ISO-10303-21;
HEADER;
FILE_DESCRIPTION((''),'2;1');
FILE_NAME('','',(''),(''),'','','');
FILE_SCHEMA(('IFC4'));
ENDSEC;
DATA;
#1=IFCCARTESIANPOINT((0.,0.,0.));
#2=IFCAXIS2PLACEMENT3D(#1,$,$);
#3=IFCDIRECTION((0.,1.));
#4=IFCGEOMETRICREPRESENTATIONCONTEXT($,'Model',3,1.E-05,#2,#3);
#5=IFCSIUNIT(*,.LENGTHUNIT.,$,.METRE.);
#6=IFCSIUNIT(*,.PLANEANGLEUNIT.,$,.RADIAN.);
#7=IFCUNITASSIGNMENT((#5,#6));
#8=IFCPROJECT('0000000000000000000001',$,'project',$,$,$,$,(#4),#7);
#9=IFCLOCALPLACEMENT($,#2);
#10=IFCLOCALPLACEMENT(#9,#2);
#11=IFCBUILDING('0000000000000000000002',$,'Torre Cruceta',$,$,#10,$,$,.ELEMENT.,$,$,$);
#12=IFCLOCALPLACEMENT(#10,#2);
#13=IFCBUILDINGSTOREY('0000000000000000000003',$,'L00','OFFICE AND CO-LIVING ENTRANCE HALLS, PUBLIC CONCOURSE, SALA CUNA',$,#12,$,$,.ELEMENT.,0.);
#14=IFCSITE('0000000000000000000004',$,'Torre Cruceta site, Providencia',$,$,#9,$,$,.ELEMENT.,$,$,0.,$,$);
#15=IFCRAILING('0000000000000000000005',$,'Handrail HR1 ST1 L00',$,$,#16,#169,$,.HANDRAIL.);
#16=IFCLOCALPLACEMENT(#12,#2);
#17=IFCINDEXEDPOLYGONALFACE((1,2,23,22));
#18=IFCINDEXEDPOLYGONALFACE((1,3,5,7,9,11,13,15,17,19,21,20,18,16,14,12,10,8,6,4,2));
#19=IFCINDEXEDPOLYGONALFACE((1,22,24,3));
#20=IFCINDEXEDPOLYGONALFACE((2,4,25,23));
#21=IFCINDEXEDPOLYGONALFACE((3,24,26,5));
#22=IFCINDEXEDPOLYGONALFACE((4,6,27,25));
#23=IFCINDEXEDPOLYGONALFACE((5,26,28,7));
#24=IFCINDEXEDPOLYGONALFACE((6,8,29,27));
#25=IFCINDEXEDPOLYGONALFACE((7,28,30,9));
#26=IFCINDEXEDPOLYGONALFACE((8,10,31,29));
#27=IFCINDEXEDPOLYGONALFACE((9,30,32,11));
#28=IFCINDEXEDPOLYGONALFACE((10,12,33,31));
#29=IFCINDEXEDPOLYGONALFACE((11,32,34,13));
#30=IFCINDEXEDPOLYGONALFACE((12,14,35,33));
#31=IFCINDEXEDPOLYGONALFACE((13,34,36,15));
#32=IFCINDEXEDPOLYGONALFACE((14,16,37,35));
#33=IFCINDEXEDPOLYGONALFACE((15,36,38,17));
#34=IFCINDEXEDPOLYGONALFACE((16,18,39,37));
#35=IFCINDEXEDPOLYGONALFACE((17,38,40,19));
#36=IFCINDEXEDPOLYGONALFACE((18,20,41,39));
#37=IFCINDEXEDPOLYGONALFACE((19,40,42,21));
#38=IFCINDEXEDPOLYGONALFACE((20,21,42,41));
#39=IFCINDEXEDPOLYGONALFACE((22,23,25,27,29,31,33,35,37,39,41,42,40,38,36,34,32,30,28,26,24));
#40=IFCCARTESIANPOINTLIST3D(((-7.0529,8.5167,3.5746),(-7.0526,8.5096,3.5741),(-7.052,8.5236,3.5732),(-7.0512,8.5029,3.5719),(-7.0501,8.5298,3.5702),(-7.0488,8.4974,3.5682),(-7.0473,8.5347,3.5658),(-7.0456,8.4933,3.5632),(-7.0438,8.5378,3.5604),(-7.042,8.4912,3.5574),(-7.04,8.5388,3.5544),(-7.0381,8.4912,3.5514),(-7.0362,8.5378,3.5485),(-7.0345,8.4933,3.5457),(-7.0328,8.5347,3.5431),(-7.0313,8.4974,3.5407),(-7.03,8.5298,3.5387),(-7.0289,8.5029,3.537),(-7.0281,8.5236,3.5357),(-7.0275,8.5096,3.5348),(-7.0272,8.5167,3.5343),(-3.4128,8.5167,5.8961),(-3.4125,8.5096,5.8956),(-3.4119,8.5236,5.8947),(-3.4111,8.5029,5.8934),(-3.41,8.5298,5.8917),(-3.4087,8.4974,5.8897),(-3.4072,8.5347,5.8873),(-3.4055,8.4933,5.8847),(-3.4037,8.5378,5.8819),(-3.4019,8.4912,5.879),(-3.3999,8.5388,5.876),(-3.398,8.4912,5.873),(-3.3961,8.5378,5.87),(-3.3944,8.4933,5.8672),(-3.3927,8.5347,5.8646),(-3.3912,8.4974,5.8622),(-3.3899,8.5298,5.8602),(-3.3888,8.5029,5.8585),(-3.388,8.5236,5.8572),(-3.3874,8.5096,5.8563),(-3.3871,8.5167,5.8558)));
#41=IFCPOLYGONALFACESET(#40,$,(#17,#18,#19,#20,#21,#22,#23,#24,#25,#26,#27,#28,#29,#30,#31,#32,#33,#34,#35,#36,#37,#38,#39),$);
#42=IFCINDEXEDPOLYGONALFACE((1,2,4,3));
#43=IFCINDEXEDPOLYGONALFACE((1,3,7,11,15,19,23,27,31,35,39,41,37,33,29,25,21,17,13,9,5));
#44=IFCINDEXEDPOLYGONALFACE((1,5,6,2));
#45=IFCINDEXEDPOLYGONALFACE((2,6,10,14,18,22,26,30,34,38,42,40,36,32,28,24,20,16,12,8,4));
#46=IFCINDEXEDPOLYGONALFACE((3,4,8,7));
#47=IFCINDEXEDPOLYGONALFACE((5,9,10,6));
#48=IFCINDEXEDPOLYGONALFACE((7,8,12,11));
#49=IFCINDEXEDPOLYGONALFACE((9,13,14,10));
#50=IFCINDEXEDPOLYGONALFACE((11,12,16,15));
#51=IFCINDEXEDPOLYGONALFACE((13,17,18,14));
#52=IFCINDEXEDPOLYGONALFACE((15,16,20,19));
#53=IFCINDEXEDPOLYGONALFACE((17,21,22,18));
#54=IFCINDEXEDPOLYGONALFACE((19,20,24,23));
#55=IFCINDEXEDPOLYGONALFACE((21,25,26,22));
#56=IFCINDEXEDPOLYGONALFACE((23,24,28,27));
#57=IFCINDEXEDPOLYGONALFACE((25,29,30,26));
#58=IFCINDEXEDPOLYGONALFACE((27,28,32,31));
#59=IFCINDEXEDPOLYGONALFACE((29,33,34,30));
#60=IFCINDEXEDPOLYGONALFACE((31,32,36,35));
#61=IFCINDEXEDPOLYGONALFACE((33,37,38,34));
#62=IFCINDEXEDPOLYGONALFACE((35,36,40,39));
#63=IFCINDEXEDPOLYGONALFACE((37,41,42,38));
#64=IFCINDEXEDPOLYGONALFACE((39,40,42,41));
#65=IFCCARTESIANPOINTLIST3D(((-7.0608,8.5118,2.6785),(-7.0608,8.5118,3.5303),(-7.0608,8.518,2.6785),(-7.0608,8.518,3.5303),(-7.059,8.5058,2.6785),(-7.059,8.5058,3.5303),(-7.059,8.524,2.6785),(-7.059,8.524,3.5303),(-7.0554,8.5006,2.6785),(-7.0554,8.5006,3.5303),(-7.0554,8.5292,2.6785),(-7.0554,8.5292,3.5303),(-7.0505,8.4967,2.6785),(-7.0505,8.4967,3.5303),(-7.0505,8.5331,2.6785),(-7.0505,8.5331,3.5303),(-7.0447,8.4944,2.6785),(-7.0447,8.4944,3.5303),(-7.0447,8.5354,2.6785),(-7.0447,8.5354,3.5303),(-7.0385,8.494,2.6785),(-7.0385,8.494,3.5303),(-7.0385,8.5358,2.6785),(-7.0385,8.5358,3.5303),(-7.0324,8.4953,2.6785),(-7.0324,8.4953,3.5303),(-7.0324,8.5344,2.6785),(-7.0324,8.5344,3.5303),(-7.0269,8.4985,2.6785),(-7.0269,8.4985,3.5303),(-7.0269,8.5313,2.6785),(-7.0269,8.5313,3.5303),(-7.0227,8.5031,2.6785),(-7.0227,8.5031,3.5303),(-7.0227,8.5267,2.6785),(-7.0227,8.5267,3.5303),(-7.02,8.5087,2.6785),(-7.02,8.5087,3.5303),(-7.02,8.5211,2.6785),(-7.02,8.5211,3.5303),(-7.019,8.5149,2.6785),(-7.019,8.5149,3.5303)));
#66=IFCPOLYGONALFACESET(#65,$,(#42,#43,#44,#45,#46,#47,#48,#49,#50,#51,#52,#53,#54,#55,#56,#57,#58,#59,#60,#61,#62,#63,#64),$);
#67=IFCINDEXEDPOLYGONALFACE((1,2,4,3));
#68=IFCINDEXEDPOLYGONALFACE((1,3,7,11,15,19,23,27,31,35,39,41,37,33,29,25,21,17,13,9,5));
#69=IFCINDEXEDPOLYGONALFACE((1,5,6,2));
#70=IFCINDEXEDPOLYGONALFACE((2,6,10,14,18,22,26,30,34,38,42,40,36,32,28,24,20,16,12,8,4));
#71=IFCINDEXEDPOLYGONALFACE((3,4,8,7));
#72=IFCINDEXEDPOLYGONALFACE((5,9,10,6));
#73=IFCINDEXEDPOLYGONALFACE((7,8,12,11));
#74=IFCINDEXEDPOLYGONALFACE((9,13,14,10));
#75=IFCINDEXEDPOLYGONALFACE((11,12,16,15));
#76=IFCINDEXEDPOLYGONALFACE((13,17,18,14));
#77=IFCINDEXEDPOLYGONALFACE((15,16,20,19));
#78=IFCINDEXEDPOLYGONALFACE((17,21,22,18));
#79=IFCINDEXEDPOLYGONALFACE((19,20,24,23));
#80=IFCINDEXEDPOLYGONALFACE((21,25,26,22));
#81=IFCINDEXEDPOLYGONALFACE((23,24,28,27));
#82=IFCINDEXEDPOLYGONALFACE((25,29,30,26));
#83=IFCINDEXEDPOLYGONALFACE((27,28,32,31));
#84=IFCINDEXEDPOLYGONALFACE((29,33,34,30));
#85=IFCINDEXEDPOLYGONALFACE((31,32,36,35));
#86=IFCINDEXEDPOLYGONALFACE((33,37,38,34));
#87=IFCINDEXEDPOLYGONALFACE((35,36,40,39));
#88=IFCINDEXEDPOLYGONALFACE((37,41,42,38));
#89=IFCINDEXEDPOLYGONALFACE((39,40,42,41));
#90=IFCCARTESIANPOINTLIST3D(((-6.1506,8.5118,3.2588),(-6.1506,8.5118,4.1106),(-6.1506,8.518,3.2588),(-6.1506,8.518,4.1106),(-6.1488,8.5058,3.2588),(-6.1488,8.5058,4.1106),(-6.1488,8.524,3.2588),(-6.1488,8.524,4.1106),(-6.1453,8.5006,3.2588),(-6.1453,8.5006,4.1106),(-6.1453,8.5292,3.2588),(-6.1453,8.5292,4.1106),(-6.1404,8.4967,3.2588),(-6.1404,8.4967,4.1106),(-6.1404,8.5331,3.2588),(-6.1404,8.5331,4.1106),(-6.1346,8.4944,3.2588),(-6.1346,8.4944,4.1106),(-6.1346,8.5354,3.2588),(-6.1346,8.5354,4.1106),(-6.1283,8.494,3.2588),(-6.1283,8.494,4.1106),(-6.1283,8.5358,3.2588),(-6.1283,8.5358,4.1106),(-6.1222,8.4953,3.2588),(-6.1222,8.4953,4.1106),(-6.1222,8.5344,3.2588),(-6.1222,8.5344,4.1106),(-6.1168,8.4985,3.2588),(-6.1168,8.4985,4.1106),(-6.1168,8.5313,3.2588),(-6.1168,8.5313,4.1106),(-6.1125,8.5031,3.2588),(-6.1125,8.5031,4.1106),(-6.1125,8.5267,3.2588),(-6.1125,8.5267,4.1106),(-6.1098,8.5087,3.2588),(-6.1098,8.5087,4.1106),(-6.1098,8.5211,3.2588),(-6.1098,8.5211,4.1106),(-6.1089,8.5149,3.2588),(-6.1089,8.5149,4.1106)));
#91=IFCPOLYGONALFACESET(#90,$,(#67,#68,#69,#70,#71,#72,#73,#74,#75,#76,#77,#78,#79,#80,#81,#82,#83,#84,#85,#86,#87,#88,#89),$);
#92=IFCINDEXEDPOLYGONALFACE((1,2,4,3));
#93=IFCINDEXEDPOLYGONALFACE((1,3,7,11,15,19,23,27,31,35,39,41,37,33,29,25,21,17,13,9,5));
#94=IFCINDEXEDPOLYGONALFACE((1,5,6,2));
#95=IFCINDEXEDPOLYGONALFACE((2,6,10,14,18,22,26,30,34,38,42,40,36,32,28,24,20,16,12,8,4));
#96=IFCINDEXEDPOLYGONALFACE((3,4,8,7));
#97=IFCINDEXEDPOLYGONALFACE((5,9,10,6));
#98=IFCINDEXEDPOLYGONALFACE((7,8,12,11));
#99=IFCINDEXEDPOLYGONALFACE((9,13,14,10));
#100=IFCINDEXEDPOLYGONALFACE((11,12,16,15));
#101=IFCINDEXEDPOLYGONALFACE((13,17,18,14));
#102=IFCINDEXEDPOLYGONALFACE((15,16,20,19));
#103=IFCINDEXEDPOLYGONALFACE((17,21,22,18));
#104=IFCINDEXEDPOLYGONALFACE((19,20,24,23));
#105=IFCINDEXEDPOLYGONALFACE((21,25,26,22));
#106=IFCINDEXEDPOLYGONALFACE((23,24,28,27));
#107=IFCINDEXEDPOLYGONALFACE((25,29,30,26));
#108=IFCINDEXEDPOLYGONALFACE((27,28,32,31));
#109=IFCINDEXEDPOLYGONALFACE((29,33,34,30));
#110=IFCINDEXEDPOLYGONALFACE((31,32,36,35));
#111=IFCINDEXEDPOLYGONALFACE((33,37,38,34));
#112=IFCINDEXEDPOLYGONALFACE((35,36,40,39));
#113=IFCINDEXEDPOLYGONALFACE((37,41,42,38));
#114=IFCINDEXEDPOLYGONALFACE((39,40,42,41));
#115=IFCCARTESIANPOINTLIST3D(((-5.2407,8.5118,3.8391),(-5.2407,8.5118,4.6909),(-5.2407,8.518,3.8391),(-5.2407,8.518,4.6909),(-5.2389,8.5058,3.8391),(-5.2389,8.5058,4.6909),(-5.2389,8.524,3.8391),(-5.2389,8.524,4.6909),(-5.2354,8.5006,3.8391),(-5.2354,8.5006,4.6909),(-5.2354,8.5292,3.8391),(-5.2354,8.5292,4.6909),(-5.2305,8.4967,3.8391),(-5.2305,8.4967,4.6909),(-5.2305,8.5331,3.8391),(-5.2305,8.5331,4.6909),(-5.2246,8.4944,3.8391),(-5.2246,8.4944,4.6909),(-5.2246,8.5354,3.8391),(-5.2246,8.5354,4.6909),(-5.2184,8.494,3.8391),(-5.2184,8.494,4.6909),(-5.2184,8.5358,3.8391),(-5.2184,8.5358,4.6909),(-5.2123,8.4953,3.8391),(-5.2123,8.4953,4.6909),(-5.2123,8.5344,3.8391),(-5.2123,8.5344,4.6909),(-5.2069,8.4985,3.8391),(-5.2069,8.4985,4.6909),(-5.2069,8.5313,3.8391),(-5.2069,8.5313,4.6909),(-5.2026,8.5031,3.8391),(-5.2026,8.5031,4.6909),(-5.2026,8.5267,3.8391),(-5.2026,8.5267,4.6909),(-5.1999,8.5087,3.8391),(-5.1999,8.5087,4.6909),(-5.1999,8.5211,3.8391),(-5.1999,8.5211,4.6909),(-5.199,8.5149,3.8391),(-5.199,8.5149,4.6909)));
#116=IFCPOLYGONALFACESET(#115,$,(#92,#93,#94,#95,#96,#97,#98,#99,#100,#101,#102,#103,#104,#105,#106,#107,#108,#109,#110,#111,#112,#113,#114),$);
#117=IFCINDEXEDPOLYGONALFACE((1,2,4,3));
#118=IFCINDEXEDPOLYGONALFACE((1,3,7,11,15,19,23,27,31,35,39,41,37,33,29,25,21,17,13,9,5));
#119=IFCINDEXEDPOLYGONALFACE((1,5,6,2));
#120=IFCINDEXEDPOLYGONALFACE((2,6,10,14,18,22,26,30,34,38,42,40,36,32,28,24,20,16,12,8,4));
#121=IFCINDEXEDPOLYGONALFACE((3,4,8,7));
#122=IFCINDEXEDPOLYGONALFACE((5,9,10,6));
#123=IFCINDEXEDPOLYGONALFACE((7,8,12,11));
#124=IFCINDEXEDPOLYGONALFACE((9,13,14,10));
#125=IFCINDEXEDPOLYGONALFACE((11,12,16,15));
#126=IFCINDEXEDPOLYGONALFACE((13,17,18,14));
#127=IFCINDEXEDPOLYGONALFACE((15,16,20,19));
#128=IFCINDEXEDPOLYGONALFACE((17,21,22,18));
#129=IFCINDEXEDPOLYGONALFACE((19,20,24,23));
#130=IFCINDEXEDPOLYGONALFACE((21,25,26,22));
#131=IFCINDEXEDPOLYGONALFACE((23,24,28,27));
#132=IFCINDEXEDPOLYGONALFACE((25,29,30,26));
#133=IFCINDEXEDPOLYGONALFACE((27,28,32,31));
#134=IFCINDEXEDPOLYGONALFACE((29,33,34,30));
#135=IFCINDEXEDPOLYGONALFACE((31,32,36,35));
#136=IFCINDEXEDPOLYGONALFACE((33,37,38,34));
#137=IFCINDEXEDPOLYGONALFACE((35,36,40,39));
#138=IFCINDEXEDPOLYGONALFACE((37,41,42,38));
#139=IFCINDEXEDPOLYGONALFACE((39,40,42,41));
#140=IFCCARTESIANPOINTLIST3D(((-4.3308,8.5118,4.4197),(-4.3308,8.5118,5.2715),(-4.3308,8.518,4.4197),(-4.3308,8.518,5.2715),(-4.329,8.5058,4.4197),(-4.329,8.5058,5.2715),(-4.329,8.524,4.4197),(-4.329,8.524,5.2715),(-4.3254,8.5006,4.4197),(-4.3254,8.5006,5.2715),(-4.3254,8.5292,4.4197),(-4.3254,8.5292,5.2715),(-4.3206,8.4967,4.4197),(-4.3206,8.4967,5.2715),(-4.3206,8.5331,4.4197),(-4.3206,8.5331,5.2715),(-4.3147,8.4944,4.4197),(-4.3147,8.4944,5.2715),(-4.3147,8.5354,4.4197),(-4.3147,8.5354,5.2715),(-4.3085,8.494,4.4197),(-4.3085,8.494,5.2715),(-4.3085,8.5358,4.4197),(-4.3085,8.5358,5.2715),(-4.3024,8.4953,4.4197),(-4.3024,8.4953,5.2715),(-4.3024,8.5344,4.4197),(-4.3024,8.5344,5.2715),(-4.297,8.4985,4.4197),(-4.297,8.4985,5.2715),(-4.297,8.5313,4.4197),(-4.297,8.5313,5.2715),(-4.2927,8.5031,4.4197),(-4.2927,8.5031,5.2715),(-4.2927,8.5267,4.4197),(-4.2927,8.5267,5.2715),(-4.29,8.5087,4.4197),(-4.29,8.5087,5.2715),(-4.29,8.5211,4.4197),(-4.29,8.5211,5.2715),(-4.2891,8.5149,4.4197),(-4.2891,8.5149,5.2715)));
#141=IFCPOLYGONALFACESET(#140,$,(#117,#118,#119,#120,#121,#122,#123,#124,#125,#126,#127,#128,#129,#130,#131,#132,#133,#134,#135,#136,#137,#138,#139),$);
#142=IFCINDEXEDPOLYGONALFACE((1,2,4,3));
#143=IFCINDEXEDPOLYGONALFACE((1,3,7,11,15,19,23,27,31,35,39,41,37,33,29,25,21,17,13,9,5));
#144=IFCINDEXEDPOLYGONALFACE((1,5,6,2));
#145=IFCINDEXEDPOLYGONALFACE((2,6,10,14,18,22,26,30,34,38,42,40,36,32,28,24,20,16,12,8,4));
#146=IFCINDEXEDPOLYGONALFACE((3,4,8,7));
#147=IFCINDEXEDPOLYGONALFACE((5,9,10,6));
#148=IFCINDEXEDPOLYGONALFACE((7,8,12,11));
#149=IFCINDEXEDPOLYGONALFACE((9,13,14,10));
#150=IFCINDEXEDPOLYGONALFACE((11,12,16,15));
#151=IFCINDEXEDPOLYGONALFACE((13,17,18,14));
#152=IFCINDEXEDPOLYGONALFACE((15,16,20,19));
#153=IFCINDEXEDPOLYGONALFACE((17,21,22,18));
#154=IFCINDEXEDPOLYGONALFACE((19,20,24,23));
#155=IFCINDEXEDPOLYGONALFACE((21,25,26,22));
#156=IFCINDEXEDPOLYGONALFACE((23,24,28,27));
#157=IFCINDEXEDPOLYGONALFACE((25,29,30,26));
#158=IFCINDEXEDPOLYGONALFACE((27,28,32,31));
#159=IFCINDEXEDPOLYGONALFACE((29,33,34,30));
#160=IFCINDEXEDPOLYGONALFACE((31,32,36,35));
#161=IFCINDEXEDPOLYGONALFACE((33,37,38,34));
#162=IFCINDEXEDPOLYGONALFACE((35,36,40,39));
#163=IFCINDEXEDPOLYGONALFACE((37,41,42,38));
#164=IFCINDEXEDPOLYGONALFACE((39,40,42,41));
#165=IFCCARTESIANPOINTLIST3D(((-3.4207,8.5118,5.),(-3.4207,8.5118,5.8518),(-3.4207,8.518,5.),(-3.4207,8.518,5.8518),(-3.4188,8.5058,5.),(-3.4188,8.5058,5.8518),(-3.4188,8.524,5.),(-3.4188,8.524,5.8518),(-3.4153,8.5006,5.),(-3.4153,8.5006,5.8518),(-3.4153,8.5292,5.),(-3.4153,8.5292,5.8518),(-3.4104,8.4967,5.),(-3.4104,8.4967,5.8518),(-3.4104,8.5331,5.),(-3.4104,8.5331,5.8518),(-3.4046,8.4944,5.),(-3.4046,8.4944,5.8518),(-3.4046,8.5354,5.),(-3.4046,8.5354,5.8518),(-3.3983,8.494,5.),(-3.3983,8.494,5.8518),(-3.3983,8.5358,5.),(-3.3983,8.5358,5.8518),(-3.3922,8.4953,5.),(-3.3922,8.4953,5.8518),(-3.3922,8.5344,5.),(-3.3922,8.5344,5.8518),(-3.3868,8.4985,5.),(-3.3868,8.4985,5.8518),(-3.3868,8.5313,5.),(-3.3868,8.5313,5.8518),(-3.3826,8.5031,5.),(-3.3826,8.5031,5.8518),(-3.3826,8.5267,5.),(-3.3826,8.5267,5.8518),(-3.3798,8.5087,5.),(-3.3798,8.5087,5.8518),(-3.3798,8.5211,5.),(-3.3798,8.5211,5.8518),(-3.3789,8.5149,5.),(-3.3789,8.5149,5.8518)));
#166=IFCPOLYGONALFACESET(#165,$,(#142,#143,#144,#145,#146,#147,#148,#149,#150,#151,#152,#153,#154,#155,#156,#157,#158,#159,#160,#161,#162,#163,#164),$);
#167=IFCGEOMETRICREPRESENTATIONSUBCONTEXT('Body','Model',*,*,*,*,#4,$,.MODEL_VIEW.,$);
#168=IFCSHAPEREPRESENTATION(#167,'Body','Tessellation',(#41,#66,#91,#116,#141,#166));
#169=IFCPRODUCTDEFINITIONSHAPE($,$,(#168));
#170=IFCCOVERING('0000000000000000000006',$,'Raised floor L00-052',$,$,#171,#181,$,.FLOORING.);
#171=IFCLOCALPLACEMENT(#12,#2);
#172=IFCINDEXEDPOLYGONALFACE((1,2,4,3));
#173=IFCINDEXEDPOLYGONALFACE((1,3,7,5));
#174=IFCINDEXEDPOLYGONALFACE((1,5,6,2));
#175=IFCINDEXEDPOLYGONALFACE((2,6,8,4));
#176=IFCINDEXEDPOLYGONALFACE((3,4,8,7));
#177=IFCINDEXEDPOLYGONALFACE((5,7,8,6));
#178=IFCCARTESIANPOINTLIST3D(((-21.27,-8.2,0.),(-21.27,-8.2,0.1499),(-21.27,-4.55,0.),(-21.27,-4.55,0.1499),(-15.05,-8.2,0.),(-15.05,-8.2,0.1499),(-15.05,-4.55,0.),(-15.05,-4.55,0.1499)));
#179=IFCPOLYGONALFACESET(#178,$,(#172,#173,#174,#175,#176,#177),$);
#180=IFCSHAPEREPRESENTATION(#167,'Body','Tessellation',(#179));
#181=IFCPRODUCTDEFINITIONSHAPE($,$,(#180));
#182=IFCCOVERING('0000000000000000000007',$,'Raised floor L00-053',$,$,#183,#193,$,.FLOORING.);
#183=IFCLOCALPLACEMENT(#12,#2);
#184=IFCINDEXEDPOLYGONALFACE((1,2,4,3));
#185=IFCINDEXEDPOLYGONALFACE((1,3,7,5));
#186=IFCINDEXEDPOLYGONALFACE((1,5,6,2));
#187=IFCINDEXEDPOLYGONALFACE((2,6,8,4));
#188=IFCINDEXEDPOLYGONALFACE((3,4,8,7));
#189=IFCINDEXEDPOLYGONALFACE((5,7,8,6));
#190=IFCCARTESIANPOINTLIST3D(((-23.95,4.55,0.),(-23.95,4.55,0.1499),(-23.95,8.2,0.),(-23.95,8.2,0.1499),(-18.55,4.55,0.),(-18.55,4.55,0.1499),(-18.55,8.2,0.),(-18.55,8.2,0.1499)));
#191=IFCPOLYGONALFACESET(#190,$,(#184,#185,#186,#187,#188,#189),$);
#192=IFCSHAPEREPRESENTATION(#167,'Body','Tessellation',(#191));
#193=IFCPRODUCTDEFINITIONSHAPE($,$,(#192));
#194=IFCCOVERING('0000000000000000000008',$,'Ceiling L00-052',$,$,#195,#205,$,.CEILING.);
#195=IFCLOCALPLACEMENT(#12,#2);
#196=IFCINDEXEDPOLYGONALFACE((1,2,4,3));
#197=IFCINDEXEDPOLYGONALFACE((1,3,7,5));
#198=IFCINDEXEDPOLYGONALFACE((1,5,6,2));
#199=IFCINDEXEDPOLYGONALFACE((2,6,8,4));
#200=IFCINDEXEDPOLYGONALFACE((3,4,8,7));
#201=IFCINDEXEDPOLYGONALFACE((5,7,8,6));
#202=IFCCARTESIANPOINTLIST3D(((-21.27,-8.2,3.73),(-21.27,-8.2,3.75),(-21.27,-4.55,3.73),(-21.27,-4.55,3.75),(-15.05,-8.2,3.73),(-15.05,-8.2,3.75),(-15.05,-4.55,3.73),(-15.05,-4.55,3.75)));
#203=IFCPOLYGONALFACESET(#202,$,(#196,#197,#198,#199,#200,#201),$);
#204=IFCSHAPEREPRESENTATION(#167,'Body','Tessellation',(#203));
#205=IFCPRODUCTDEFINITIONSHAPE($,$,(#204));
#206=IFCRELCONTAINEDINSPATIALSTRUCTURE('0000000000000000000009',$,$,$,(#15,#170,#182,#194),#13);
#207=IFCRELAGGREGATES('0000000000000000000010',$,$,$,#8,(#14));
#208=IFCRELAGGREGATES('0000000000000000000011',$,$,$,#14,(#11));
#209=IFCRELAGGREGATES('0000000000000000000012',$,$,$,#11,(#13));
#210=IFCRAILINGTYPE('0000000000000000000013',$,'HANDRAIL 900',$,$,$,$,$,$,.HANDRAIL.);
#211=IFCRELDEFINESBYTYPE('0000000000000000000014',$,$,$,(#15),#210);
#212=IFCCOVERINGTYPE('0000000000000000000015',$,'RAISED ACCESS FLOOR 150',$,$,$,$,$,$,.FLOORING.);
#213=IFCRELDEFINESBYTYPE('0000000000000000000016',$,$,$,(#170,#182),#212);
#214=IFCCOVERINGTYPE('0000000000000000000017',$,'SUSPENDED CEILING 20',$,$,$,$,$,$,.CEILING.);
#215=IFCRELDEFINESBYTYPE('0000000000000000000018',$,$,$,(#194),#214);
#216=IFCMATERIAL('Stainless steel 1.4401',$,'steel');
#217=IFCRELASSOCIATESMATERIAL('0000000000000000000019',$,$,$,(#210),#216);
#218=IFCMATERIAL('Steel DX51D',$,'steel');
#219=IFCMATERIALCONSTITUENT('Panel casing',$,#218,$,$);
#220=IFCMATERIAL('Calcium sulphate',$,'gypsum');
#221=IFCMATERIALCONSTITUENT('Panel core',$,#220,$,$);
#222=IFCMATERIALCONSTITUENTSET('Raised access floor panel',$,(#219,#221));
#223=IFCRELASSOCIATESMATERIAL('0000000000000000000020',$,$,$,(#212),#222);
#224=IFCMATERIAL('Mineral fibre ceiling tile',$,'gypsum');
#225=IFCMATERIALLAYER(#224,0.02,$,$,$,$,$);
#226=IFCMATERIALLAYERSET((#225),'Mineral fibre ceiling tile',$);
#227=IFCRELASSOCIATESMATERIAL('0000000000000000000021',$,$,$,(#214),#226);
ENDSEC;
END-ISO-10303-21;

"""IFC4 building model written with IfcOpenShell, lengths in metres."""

from ifc_helpers import new_model, si_unit, direction, frame, origin, origin_2d, place, context, subcontext, project, spatial, polyline, circle, outline, extrude, material, layer, layer_set, constituent, constituent_set, type_object, element, save


model = new_model("IFC4")

# Units and contexts
model_context = context("Model", 3, precision=1e-05, world=origin(), true_north=direction((0.0, 1.0)))
body_context = subcontext(model_context, "Body", "Model", "MODEL_VIEW")
ifc_project = project(units=[si_unit("LENGTHUNIT", "METRE"), si_unit("PLANEANGLEUNIT", "RADIAN")], contexts=[model_context])

# Site, building, storey
site_placement = place(None, origin())
site = spatial("IfcSite", under=ifc_project, at=site_placement, Name="Torre Cruceta site, Providencia", CompositionType="ELEMENT", RefElevation=0.0)
building_placement = place(site_placement, origin())
building = spatial("IfcBuilding", under=site, at=building_placement, Name="Torre Cruceta", CompositionType="ELEMENT")
storey_placement = place(building_placement, origin())
storey = spatial("IfcBuildingStorey", under=building, at=storey_placement, Name="L00", Description="OFFICE AND CO-LIVING ENTRANCE HALLS, PUBLIC CONCOURSE, SALA CUNA", CompositionType="ELEMENT", Elevation=0.0)

# Railing
ifc_material_1 = material(Name="Stainless steel 1.4401", Category="steel")
railing_type = type_object("IfcRailingType", Name="HANDRAIL 900", PredefinedType="HANDRAIL", material=ifc_material_1)
railing_1_placement = place(storey_placement, frame((-7.04, 8.5149, 2.6785)))
element("IfcRailing", 1, at=railing_1_placement, inside=storey, type_object=railing_type, Name="Handrail HR1 ST1 L00", PredefinedType="HANDRAIL", context=body_context, shape_type="SweptSolid", body=[
    extrude(circle(Radius=0.0239, at=origin_2d()), frame((0.0, 0.0, 0.876), z_axis=(0.843128, 0.0, 0.537713), x_axis=(0.0, 1.0, 0.0)), (0.0, 0.0, 1.0), 4.3174),
    extrude(circle(Radius=0.021, at=origin_2d()), origin(), (0.0, 0.0, 1.0), 0.8518),
    extrude(circle(Radius=0.021, at=origin_2d()), frame((0.9102, 0.0, 0.5803)), (0.0, 0.0, 1.0), 0.8518),
    extrude(circle(Radius=0.021, at=origin_2d()), frame((1.8201, 0.0, 1.1606)), (0.0, 0.0, 1.0), 0.8518),
    extrude(circle(Radius=0.021, at=origin_2d()), frame((2.73, 0.0, 1.7412)), (0.0, 0.0, 1.0), 0.8518),
    extrude(circle(Radius=0.021, at=origin_2d()), frame((3.6401, 0.0, 2.3215)), (0.0, 0.0, 1.0), 0.8518),
])

# Coverings
ifc_material_2 = material(Name="Steel DX51D", Category="steel")
ifc_constituent_1 = constituent(ifc_material_2, Name="Panel casing")
ifc_material_3 = material(Name="Calcium sulphate", Category="gypsum")
ifc_constituent_2 = constituent(ifc_material_3, Name="Panel core")
ifc_constituent_set_1 = constituent_set(constituents=[ifc_constituent_1, ifc_constituent_2], Name="Raised access floor panel")
covering_type_1 = type_object("IfcCoveringType", Name="RAISED ACCESS FLOOR 150", PredefinedType="FLOORING", material=ifc_constituent_set_1)
covering_1_placement = place(storey_placement, origin())
element("IfcCovering", 2, at=covering_1_placement, inside=storey, type_object=covering_type_1, Name="Raised floor L00-052", PredefinedType="FLOORING", context=body_context, shape_type="SweptSolid", body=[
    extrude(outline(polyline([(-15.05, -4.55), (-15.05, -8.2), (-21.27, -8.2), (-21.27, -4.55), (-15.05, -4.55)])), origin(), (0.0, 0.0, 1.0), 0.1499),
])
covering_2_placement = place(storey_placement, origin())
element("IfcCovering", 3, at=covering_2_placement, inside=storey, type_object=covering_type_1, Name="Raised floor L00-053", PredefinedType="FLOORING", context=body_context, shape_type="SweptSolid", body=[
    extrude(outline(polyline([(-18.55, 8.2), (-18.55, 4.55), (-23.95, 4.55), (-23.95, 8.2), (-18.55, 8.2)])), origin(), (0.0, 0.0, 1.0), 0.1499),
])
ifc_material_4 = material(Name="Mineral fibre ceiling tile", Category="gypsum")
ifc_layer_1 = layer(ifc_material_4, 0.02)
ifc_layer_set_1 = layer_set([ifc_layer_1], Name="Mineral fibre ceiling tile")
covering_type_2 = type_object("IfcCoveringType", Name="SUSPENDED CEILING 20", PredefinedType="CEILING", material=ifc_layer_set_1)
covering_3_placement = place(storey_placement, frame((0.0, 0.0, 3.73)))
element("IfcCovering", 4, at=covering_3_placement, inside=storey, type_object=covering_type_2, Name="Ceiling L00-052", PredefinedType="CEILING", context=body_context, shape_type="SweptSolid", body=[
    extrude(outline(polyline([(-15.05, -4.55), (-15.05, -8.2), (-21.27, -8.2), (-21.27, -4.55), (-15.05, -4.55)])), origin(), (0.0, 0.0, 1.0), 0.02),
])

save(model, "model.ifc")
